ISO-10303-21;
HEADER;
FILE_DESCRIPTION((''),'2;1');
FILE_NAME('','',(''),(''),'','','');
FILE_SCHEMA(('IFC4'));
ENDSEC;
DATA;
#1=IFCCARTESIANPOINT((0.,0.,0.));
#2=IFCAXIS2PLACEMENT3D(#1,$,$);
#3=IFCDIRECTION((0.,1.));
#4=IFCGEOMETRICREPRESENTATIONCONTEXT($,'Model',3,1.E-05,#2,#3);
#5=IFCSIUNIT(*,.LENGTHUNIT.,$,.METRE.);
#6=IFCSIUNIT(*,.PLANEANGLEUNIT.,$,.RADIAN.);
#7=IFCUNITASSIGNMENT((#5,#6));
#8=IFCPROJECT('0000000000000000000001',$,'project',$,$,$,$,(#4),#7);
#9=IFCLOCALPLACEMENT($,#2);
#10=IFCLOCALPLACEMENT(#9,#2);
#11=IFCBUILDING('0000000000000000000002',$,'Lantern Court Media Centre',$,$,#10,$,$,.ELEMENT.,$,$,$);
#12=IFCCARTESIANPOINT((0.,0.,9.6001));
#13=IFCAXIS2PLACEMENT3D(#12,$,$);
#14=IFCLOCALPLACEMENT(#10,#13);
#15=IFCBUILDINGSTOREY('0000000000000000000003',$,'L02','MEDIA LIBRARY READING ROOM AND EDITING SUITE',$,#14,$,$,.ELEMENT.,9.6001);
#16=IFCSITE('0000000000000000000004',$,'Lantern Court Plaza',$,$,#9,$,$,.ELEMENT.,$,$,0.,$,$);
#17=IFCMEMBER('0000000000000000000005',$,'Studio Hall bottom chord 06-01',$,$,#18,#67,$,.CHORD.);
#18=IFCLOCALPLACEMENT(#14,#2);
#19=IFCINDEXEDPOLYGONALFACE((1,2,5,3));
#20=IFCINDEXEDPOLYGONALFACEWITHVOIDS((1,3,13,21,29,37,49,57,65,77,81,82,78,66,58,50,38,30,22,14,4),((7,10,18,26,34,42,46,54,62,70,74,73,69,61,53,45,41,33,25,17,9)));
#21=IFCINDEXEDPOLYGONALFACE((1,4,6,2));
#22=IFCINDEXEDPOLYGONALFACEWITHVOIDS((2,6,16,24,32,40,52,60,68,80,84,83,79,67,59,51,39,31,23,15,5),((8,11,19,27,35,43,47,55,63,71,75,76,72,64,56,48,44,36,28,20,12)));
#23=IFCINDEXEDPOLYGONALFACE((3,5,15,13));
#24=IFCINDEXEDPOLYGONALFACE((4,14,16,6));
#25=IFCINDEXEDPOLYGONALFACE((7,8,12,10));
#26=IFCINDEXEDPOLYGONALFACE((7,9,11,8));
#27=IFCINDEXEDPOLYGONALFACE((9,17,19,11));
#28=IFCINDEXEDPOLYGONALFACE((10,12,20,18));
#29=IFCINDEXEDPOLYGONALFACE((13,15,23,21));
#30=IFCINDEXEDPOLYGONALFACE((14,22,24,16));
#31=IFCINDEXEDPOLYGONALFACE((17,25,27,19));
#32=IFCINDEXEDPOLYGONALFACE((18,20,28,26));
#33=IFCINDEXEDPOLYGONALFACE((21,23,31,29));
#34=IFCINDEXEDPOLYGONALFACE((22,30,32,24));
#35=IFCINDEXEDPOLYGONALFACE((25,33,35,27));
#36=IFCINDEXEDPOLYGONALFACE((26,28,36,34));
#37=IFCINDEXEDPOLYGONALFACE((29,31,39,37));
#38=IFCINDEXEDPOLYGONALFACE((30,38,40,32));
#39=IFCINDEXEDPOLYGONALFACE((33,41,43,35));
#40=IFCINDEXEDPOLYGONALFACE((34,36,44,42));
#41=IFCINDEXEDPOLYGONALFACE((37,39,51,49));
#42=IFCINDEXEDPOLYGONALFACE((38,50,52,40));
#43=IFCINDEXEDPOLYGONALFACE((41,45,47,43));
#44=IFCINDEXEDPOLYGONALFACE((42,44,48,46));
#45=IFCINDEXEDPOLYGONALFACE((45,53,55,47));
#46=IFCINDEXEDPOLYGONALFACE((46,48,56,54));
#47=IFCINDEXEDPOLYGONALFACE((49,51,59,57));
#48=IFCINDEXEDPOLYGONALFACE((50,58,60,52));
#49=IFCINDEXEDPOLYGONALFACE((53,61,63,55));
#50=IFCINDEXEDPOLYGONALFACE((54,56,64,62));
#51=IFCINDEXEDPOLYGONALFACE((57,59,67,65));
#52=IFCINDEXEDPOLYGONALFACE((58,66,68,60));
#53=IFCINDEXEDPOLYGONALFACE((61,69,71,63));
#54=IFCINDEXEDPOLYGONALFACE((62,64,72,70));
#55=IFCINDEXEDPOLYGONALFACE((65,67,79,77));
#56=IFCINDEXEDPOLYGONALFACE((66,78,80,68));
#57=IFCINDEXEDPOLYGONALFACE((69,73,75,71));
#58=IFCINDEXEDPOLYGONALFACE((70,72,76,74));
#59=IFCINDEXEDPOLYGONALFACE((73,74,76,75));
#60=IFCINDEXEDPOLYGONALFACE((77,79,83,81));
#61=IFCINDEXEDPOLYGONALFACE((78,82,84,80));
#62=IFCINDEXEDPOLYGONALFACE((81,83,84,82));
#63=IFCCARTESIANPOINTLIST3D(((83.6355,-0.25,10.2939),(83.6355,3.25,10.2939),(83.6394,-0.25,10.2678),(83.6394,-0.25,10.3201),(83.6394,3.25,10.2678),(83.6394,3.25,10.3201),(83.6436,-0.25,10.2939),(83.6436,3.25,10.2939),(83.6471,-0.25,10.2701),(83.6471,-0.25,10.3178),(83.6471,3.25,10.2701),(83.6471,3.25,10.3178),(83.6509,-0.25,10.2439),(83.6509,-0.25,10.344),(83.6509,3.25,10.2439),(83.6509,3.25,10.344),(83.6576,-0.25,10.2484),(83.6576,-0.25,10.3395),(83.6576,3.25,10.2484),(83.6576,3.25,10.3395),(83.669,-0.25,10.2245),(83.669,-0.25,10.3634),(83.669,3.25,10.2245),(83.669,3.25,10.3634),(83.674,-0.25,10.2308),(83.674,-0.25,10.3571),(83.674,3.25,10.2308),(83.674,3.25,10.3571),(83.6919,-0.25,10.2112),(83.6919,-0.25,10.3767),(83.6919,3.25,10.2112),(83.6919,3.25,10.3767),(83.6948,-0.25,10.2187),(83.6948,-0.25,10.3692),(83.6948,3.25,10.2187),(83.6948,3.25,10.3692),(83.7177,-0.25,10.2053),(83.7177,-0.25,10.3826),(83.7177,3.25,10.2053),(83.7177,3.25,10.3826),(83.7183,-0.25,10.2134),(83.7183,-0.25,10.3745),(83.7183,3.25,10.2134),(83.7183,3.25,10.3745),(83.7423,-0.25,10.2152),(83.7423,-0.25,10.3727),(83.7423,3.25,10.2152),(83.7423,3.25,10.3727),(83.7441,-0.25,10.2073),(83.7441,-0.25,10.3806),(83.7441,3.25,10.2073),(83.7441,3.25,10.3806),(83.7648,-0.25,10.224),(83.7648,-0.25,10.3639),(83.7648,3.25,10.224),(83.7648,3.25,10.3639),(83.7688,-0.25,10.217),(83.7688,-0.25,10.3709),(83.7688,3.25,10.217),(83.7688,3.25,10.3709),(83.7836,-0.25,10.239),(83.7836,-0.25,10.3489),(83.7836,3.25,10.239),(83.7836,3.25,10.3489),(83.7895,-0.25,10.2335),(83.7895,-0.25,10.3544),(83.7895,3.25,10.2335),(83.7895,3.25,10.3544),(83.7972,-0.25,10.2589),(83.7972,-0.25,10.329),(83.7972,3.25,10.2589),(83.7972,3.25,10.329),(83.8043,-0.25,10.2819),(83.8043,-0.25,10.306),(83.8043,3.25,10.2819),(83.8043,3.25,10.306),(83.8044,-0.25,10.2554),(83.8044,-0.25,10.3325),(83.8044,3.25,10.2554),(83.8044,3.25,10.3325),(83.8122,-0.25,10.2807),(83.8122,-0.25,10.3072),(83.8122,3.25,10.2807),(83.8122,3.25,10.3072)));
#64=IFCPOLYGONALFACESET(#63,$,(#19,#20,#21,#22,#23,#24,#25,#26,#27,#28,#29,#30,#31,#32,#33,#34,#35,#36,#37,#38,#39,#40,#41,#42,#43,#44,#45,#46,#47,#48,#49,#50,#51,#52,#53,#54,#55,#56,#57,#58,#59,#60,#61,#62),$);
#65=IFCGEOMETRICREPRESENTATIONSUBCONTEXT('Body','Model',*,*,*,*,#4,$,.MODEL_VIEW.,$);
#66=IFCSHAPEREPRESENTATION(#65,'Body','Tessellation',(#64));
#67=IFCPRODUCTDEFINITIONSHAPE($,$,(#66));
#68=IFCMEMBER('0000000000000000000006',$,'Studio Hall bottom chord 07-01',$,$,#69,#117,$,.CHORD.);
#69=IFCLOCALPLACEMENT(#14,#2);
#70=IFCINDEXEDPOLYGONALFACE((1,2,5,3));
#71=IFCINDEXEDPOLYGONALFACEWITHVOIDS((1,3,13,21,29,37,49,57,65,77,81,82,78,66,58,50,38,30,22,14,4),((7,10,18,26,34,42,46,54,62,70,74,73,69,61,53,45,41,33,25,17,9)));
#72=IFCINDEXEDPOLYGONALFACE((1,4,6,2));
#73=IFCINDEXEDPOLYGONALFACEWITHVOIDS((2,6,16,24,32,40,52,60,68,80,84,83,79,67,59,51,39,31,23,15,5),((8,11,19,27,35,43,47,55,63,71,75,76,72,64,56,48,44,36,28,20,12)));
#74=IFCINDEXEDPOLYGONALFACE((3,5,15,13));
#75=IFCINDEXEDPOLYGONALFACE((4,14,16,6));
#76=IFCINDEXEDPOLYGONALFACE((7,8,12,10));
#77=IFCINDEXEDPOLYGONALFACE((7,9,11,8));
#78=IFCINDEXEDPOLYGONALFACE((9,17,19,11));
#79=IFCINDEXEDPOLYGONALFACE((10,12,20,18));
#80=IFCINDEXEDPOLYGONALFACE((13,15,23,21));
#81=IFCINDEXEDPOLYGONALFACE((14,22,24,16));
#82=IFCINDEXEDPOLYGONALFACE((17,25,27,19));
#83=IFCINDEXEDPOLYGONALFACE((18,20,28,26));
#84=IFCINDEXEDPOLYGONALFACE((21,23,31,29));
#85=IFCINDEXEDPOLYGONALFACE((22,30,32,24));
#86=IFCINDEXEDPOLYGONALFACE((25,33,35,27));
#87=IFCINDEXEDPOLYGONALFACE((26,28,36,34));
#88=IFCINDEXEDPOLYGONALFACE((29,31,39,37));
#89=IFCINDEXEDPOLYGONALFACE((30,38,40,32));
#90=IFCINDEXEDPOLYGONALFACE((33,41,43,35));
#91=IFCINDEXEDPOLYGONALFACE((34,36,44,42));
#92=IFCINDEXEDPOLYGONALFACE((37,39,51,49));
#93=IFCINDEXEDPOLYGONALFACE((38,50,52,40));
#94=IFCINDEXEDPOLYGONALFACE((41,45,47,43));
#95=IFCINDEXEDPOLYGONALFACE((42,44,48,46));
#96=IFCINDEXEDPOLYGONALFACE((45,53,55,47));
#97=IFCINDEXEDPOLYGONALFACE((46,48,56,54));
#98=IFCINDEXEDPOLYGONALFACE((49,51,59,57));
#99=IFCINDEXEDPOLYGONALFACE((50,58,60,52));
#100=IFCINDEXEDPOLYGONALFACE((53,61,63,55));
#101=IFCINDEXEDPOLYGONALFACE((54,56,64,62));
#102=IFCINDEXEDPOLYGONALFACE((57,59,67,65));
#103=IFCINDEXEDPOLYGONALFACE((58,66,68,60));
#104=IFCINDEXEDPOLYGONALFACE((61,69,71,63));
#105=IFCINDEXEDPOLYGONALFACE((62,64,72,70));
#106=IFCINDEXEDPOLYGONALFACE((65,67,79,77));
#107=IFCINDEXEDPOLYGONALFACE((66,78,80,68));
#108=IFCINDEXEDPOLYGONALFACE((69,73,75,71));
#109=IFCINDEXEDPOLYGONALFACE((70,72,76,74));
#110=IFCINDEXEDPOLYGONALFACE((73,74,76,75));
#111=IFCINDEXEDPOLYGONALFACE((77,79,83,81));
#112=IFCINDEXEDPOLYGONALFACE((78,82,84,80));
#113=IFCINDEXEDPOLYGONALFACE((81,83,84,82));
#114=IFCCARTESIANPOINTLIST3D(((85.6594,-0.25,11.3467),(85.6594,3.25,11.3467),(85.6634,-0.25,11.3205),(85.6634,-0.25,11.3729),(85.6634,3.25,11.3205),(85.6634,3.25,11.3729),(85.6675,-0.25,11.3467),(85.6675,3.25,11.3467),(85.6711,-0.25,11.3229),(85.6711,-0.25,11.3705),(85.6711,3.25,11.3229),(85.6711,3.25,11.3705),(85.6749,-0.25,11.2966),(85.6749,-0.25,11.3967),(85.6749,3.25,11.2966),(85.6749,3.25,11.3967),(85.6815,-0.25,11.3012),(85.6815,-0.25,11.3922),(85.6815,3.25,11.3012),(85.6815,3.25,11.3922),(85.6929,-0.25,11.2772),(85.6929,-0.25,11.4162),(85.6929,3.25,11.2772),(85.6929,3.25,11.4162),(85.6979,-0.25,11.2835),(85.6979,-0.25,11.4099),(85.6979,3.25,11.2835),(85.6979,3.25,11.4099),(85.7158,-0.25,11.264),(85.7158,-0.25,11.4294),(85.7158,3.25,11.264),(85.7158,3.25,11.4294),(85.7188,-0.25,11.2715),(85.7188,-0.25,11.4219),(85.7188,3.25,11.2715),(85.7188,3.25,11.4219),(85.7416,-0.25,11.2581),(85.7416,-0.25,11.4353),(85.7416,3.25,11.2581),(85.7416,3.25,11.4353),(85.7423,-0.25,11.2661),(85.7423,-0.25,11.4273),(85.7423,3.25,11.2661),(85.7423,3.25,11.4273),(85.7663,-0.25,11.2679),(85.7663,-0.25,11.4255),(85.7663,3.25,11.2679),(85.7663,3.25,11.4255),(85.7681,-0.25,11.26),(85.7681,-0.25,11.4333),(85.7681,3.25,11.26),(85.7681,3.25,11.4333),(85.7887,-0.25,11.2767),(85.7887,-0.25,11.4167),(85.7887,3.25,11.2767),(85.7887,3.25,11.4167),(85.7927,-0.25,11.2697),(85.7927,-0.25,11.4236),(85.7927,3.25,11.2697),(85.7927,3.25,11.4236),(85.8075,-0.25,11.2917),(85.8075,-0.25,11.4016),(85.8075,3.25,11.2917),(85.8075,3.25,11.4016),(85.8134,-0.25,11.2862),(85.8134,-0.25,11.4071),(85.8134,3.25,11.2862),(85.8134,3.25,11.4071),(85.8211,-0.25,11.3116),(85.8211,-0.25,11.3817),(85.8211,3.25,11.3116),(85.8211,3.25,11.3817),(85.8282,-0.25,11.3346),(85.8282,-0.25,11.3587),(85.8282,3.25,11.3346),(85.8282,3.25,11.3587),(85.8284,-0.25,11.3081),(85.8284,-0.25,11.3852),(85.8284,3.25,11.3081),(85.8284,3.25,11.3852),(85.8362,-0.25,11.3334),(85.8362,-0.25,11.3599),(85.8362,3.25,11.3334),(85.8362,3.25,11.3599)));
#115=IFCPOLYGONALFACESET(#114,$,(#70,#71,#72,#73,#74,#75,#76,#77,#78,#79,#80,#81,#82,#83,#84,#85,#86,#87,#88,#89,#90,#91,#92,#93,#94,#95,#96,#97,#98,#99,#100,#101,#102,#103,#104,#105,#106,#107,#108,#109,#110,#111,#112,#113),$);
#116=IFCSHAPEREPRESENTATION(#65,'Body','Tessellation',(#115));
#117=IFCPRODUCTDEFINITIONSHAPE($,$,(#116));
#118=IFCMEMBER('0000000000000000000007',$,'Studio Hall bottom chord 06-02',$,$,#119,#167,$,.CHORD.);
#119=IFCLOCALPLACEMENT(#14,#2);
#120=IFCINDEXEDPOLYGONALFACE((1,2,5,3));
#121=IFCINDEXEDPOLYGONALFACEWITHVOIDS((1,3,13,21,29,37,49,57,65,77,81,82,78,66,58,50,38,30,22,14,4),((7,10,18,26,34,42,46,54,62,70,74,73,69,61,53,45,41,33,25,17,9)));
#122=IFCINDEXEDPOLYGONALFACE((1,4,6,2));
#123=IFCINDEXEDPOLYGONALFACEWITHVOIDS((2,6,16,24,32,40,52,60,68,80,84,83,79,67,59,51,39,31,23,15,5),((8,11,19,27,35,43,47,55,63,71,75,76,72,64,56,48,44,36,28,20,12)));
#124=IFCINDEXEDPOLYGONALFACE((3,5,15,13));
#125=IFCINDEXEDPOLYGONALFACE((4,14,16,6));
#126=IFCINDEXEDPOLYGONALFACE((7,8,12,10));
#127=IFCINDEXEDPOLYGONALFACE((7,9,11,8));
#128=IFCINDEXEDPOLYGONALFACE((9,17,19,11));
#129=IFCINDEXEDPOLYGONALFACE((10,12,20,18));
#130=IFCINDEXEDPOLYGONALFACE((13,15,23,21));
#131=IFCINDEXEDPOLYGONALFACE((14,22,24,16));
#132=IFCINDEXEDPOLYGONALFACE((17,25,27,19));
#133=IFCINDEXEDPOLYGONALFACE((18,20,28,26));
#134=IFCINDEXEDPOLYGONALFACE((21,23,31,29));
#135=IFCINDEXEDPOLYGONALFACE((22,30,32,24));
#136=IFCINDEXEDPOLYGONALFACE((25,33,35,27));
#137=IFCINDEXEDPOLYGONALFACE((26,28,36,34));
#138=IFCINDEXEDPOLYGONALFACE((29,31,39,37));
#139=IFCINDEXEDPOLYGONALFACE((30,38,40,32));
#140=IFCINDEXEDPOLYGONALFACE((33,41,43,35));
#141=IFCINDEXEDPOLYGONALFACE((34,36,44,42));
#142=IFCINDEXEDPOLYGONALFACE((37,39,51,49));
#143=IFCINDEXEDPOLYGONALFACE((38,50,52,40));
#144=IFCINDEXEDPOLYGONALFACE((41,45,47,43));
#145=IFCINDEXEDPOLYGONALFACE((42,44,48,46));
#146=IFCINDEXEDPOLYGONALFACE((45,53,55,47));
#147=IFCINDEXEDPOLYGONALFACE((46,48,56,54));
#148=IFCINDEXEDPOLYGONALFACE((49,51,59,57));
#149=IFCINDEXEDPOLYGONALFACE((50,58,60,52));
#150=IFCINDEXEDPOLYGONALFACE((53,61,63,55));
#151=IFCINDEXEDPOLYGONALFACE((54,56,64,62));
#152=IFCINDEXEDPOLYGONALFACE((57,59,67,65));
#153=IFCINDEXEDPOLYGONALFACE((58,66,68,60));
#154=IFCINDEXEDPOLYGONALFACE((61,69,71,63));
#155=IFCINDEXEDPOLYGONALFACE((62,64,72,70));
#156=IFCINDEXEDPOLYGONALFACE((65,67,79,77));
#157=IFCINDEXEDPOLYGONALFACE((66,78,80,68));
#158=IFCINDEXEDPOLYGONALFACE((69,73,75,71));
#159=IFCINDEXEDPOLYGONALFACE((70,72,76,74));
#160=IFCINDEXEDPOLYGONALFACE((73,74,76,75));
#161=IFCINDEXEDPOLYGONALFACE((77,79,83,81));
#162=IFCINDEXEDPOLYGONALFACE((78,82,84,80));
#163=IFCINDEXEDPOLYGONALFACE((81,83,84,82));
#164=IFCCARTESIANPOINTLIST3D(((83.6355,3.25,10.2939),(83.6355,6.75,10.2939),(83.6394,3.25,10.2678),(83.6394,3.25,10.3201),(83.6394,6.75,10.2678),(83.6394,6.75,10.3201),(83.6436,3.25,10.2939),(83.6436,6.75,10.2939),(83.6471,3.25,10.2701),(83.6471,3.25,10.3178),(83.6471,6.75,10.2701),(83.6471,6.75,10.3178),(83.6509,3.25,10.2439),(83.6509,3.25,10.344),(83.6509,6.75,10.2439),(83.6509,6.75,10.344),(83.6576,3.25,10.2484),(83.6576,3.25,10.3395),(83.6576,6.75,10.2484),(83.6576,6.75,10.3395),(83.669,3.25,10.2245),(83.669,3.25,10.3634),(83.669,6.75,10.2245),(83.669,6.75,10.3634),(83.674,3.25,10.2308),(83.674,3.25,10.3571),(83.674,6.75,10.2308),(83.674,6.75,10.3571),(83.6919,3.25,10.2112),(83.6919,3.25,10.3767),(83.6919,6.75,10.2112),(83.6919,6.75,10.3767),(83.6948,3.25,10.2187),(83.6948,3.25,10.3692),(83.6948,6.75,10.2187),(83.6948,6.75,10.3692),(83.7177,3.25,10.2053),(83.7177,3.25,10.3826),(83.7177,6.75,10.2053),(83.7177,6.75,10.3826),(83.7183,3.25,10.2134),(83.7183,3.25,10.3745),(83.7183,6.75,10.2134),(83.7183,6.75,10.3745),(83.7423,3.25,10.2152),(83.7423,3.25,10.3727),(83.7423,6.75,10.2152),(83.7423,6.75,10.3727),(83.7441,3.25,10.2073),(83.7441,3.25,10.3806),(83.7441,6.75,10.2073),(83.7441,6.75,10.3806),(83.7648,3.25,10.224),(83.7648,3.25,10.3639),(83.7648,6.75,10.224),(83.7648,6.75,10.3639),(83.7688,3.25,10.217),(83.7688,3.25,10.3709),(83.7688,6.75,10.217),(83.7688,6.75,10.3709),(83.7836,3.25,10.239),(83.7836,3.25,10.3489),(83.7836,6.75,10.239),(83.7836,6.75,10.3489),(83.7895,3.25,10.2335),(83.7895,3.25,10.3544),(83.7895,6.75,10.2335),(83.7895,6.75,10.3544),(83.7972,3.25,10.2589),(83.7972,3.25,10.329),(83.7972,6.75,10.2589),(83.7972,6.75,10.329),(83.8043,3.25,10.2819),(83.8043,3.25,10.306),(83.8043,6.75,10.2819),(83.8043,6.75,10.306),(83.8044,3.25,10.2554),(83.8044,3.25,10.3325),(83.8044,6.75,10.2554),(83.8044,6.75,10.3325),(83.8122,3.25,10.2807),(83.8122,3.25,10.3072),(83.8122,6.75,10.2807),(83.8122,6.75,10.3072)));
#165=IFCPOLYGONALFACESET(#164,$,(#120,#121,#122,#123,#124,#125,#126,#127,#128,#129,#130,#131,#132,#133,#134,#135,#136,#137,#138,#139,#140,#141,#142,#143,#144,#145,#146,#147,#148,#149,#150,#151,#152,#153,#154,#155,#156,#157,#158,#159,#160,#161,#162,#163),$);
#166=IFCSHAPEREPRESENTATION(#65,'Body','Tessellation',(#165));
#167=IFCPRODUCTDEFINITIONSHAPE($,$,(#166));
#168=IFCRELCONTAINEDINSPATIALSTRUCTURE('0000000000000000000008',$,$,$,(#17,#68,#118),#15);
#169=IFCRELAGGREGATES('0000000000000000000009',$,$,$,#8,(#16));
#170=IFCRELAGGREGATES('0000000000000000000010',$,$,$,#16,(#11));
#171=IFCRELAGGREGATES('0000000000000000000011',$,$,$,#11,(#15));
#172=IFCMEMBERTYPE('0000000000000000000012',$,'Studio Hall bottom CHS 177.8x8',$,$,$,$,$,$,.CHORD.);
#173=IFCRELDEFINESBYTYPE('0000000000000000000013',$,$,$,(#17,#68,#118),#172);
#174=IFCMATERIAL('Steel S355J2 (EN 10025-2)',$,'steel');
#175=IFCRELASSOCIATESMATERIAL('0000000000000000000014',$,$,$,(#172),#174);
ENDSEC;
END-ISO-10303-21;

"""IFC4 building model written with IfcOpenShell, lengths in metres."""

from ifc_helpers import new_model, si_unit, direction, frame, origin, origin_2d, place, context, subcontext, project, spatial, hollow_circle, extrude, material, material_profile, profile_set, type_object, element, save


model = new_model("IFC4")

# Units and contexts
model_context = context("Model", 3, precision=1e-05, world=origin(), true_north=direction((0.0, 1.0)))
body_context = subcontext(model_context, "Body", "Model", "MODEL_VIEW")
ifc_project = project(units=[si_unit("LENGTHUNIT", "METRE"), si_unit("PLANEANGLEUNIT", "RADIAN")], contexts=[model_context])

# Site, building, storey
site_placement = place(None, origin())
site = spatial("IfcSite", under=ifc_project, at=site_placement, Name="Lantern Court Plaza", CompositionType="ELEMENT", RefElevation=0.0)
building_placement = place(site_placement, origin())
building = spatial("IfcBuilding", under=site, at=building_placement, Name="Lantern Court Media Centre", CompositionType="ELEMENT")
storey_placement = place(building_placement, frame((0.0, 0.0, 9.6001)))
storey = spatial("IfcBuildingStorey", under=building, at=storey_placement, Name="L02", Description="MEDIA LIBRARY READING ROOM AND EDITING SUITE", CompositionType="ELEMENT", Elevation=9.6001)

# Members
ifc_material = material(Name="Steel S355J2 (EN 10025-2)", Category="steel")
ifc_material_profile_1 = material_profile(ifc_material, hollow_circle(Radius=0.0889, WallThickness=0.0081, at=origin_2d()), Name="Studio Hall bottom CHS 177.8x8")
ifc_profile_set_1 = profile_set([ifc_material_profile_1], Name="Steel S355J2 (EN 10025-2)")
member_type_1 = type_object("IfcMemberType", Name="Studio Hall bottom CHS 177.8x8", PredefinedType="CHORD", material=ifc_profile_set_1)
for number, where, z_axis, x_axis, name in (
    (1, (83.7244, -0.25, 10.2939), (0.0, 1.0, 0.0), (-1.0, 0.0, 0.0), "Studio Hall bottom chord 06-01"),
    (2, (85.7483, -0.25, 11.3467), (0.0, 1.0, 0.0), (-1.0, 0.0, 0.0), "Studio Hall bottom chord 07-01"),
    (3, (83.7244, 3.25, 10.2939), (0.0, 1.0, 0.0), (-1.0, 0.0, 0.0), "Studio Hall bottom chord 06-02"),
):
    element("IfcMember", number, at=place(storey_placement, frame(where, z_axis=z_axis, x_axis=x_axis)), inside=storey, type_object=member_type_1, Name=name, PredefinedType="CHORD", context=body_context, shape_type="SweptSolid", body=[
        extrude(hollow_circle(Radius=0.0889, WallThickness=0.0081, at=origin_2d()), origin(), (0.0, 0.0, 1.0), 3.5),
    ])

save(model, "model.ifc")
